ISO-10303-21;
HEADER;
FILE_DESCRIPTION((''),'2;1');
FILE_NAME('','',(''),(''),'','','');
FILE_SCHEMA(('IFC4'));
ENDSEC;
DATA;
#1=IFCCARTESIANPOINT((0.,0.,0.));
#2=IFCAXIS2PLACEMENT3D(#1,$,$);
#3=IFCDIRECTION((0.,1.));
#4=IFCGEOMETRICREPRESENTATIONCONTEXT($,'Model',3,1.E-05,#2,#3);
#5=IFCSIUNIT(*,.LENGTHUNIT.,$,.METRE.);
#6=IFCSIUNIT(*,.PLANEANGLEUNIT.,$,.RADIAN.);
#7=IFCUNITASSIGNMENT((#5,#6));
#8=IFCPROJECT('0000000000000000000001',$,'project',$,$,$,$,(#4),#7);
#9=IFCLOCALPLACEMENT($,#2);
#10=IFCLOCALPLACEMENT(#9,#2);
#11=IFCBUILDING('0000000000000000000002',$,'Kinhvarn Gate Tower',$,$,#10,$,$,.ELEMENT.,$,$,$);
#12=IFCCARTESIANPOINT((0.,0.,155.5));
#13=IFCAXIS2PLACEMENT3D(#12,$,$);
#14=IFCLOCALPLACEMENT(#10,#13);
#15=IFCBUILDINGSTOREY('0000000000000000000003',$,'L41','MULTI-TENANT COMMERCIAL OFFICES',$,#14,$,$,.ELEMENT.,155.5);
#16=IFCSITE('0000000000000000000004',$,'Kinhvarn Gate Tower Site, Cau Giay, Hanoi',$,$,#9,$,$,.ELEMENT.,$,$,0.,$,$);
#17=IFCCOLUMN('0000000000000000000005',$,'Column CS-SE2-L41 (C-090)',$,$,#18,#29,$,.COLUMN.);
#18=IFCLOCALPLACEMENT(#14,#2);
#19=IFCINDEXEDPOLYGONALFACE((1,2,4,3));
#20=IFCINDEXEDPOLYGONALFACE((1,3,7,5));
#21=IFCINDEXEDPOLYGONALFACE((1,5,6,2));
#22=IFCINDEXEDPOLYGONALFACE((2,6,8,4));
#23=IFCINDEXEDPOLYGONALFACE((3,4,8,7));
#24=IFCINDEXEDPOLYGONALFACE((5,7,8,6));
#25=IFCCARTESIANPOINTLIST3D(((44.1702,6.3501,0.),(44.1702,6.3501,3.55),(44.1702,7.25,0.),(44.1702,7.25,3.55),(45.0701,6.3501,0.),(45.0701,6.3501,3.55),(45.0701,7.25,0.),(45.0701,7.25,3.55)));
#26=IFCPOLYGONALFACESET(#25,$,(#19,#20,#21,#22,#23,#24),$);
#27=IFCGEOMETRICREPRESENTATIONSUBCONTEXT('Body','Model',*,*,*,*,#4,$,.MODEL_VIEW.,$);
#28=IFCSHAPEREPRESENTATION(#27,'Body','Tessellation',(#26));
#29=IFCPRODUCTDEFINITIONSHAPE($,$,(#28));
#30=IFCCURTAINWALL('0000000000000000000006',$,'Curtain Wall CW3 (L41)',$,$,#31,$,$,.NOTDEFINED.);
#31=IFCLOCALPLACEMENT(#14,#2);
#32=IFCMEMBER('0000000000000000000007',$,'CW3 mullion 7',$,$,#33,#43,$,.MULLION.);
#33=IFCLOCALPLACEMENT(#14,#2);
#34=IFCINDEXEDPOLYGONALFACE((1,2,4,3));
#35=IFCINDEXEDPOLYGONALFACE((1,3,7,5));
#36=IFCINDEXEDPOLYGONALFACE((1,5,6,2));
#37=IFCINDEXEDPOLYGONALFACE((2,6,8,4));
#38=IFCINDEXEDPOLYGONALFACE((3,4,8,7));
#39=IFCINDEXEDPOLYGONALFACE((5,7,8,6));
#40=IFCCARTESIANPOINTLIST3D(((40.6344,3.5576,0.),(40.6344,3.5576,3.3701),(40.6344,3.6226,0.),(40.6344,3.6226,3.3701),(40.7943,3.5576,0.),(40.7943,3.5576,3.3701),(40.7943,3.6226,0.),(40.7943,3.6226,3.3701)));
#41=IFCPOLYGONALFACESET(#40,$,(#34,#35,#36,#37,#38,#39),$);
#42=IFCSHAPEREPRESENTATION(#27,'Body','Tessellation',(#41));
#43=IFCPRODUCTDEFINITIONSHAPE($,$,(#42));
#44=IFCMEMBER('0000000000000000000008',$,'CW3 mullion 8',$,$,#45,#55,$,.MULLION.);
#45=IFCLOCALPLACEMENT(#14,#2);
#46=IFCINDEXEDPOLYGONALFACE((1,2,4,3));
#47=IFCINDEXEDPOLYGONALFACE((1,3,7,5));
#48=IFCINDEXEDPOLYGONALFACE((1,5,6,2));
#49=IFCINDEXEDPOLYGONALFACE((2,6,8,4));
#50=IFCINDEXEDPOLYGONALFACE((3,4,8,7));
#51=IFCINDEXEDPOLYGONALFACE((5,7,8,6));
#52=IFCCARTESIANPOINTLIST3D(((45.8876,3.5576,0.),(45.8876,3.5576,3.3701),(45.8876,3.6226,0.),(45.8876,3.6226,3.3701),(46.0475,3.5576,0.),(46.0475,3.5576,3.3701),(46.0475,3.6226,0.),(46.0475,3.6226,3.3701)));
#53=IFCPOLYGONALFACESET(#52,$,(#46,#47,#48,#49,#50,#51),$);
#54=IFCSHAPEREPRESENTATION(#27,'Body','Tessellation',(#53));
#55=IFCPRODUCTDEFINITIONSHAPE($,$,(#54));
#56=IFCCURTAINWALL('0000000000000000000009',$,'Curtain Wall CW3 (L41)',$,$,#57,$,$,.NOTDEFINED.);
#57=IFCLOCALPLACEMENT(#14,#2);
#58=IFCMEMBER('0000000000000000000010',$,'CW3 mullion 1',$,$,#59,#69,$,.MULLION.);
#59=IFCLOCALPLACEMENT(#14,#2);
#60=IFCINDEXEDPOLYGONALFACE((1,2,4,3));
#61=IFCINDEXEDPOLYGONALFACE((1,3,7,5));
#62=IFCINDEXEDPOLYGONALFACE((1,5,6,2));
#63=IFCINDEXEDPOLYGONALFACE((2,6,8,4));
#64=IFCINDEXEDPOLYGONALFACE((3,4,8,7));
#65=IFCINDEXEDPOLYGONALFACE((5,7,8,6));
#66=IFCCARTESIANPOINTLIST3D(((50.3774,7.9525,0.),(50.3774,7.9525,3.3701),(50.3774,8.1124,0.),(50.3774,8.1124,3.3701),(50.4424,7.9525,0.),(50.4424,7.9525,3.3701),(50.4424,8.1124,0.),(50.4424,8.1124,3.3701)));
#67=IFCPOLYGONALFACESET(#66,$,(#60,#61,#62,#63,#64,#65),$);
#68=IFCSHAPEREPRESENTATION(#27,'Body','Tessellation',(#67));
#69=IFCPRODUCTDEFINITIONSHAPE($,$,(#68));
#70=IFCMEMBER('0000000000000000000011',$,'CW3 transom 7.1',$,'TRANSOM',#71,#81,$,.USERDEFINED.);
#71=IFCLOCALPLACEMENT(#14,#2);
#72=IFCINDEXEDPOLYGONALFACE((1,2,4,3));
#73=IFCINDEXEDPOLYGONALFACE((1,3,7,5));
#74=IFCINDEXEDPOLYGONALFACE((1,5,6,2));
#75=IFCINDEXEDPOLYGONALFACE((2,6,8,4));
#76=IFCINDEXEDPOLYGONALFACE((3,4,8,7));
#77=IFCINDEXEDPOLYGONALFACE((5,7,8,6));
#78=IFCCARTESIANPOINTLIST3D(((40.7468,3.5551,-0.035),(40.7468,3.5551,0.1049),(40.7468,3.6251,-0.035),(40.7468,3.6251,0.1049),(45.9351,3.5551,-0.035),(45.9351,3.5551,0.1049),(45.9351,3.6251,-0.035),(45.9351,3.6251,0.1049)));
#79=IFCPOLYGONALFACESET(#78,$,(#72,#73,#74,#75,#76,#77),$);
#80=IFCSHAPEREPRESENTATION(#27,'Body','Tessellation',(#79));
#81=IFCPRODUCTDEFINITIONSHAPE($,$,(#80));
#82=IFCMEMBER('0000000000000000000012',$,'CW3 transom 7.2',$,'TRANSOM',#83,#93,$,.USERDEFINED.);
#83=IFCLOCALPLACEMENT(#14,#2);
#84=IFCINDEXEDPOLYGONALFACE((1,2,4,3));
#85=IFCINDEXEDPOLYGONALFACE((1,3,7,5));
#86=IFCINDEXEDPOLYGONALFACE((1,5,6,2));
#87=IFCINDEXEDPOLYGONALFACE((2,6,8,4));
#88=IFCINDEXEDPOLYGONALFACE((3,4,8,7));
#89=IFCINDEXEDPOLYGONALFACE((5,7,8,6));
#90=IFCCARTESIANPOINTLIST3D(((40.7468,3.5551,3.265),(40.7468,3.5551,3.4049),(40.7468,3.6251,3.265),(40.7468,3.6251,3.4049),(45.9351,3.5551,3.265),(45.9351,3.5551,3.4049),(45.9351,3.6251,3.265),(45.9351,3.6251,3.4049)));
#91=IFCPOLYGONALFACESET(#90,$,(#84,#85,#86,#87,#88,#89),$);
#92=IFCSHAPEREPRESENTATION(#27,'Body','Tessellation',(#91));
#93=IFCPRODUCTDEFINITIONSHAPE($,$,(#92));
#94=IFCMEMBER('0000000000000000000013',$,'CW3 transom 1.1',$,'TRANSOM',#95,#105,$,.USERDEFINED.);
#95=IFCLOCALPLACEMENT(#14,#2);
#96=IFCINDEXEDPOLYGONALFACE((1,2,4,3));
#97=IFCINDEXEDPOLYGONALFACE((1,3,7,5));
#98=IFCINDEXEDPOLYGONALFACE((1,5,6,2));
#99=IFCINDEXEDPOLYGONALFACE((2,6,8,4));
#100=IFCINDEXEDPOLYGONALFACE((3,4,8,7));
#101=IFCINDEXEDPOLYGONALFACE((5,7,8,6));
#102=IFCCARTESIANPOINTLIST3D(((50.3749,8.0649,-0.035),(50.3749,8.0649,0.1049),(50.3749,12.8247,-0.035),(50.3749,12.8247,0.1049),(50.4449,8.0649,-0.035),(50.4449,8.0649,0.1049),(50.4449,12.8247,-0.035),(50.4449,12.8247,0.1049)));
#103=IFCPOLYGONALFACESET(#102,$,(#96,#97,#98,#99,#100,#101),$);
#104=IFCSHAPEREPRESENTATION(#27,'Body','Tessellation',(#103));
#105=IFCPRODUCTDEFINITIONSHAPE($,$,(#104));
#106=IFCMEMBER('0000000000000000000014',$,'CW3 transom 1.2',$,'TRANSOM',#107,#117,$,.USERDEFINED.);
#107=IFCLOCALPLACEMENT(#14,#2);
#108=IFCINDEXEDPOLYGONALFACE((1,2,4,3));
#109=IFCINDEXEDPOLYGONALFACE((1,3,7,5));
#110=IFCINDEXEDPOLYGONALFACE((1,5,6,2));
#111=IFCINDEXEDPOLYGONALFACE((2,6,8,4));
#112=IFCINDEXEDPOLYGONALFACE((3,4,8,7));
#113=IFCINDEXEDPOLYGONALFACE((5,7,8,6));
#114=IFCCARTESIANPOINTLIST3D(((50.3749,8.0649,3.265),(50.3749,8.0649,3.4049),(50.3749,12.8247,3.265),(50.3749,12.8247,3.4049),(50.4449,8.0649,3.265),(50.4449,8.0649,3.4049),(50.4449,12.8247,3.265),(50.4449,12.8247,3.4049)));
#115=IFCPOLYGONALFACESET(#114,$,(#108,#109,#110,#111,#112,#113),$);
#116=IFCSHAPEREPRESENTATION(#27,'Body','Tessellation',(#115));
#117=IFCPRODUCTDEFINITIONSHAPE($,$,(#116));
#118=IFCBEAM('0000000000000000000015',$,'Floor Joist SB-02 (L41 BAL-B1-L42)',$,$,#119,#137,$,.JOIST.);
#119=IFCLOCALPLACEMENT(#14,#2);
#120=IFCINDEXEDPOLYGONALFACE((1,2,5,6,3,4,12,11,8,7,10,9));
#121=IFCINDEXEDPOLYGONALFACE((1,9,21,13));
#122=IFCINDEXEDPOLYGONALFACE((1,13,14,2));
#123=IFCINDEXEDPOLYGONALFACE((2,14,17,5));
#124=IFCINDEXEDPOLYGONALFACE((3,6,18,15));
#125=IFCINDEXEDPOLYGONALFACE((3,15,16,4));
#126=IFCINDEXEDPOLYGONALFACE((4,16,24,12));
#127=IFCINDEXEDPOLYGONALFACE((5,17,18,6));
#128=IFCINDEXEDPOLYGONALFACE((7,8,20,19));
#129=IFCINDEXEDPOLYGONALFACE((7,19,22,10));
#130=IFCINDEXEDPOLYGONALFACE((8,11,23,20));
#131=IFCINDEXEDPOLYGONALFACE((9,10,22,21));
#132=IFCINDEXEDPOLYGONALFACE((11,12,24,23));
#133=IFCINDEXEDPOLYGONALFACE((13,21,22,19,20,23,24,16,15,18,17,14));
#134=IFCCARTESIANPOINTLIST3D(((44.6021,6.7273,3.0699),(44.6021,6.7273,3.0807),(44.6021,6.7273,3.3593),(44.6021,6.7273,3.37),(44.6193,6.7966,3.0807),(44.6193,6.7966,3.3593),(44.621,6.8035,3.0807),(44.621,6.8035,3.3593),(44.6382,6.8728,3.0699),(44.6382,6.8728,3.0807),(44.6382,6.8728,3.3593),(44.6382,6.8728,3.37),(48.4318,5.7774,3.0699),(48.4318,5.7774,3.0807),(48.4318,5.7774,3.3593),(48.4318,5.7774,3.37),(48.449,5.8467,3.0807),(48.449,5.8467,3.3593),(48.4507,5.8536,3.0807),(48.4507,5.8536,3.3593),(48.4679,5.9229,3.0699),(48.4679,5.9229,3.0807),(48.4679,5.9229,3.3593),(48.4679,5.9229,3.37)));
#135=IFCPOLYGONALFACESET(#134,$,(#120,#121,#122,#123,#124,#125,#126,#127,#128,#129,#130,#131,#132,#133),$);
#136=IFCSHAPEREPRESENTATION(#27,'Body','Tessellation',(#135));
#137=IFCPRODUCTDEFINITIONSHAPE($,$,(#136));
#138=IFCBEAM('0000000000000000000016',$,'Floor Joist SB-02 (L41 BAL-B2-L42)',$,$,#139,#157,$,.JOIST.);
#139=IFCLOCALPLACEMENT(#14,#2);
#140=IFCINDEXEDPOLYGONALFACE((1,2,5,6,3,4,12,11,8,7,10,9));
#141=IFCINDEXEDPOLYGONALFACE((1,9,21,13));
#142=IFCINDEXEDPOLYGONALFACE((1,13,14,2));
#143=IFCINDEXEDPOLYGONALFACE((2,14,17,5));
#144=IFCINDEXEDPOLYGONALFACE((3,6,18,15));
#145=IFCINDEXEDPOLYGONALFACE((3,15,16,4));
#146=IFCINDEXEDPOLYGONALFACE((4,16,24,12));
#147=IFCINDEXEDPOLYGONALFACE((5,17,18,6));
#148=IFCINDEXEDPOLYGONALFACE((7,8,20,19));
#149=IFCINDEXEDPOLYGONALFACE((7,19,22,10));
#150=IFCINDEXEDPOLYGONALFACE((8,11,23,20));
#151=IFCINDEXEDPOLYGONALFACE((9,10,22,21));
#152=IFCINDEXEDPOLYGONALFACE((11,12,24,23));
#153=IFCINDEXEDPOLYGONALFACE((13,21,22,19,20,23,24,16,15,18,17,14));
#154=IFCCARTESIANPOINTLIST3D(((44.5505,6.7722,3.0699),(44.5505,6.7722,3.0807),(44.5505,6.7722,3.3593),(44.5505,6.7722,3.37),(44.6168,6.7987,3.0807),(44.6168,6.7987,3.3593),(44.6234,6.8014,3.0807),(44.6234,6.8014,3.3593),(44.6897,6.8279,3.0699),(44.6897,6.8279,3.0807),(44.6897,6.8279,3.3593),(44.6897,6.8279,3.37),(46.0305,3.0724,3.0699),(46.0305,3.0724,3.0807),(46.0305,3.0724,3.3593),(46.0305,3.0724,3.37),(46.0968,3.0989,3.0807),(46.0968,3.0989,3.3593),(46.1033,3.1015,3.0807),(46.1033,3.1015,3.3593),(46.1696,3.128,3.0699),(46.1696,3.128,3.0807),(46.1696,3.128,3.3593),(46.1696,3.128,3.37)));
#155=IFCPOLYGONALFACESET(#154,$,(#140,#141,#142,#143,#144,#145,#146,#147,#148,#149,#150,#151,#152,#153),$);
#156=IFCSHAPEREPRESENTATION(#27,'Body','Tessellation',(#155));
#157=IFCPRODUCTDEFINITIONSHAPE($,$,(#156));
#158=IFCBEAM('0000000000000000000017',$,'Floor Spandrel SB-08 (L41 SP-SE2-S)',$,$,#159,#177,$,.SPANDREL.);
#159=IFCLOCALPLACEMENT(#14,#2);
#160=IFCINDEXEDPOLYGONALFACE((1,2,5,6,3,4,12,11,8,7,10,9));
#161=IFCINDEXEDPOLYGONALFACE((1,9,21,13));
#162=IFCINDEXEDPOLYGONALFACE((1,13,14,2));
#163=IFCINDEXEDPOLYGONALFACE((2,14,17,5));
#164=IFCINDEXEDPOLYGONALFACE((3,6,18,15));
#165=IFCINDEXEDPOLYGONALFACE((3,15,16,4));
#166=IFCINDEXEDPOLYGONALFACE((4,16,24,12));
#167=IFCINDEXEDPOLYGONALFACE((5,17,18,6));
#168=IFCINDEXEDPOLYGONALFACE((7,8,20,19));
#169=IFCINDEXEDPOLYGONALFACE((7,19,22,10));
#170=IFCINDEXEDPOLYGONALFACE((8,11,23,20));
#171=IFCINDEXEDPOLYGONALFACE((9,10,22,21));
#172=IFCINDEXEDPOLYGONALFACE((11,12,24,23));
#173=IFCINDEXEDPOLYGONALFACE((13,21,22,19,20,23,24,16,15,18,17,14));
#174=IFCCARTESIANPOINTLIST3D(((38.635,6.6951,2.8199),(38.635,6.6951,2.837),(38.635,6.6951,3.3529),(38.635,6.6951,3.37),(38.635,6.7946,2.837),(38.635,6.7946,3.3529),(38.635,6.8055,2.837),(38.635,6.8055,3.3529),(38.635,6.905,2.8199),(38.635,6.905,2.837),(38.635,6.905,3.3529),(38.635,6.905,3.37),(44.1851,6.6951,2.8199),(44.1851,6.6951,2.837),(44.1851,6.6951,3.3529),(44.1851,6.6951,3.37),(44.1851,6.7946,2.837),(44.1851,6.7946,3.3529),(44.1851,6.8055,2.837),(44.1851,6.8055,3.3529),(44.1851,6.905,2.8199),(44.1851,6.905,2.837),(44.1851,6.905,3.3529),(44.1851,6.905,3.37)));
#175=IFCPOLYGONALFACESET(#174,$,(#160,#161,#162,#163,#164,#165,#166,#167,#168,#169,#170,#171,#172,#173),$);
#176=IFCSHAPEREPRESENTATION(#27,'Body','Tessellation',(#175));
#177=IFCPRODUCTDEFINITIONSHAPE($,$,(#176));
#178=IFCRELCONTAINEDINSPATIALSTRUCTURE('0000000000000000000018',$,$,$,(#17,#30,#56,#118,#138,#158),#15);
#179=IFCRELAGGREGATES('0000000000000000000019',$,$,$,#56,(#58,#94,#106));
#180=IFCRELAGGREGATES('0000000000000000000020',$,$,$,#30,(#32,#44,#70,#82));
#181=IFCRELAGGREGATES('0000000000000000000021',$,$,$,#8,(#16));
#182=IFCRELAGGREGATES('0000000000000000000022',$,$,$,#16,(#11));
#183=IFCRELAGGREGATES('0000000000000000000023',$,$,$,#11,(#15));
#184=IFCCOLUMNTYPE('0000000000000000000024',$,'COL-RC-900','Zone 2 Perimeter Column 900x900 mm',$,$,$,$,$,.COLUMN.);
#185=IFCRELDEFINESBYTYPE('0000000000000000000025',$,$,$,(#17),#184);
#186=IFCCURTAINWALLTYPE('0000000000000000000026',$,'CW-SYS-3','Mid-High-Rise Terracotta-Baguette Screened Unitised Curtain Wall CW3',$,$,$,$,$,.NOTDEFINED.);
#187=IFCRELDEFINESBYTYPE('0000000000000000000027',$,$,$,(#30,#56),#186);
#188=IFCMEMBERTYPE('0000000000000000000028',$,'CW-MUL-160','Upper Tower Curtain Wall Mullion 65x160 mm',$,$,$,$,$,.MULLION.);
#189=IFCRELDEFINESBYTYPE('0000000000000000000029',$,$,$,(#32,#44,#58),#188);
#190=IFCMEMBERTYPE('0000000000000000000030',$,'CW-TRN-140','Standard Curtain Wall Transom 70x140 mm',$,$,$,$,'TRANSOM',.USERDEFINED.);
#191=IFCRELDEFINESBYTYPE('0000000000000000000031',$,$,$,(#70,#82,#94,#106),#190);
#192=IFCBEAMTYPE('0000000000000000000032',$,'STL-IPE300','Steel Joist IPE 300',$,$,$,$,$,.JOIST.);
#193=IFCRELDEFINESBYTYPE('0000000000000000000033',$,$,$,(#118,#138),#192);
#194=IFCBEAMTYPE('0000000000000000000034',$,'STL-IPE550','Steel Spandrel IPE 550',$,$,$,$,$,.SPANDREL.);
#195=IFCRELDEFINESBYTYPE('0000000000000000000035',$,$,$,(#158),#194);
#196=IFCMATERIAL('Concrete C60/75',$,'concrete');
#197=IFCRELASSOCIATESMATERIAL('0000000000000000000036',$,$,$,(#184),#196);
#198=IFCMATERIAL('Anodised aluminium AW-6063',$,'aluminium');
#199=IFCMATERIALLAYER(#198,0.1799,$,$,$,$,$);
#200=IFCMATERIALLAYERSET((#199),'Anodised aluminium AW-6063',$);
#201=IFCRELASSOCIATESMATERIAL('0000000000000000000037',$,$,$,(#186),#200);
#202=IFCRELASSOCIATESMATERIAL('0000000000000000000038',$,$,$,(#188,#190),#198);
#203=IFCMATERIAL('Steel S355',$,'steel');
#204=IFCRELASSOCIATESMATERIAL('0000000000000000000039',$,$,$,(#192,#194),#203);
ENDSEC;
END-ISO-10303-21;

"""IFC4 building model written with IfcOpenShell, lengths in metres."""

from ifc_helpers import new_model, si_unit, direction, frame, origin, origin_2d, place, context, subcontext, project, spatial, rectangle, i_section, extrude, material, layer, layer_set, material_profile, profile_set, type_object, element, aggregate, save


model = new_model("IFC4")

# Units and contexts
model_context = context("Model", 3, precision=1e-05, world=origin(), true_north=direction((0.0, 1.0)))
body_context = subcontext(model_context, "Body", "Model", "MODEL_VIEW")
ifc_project = project(units=[si_unit("LENGTHUNIT", "METRE"), si_unit("PLANEANGLEUNIT", "RADIAN")], contexts=[model_context])

# Site, building, storey
site_placement = place(None, origin())
site = spatial("IfcSite", under=ifc_project, at=site_placement, Name="Kinhvarn Gate Tower Site, Cau Giay, Hanoi", CompositionType="ELEMENT", RefElevation=0.0)
building_placement = place(site_placement, origin())
building = spatial("IfcBuilding", under=site, at=building_placement, Name="Kinhvarn Gate Tower", CompositionType="ELEMENT")
storey_placement = place(building_placement, frame((0.0, 0.0, 155.5)))
storey = spatial("IfcBuildingStorey", under=building, at=storey_placement, Name="L41", Description="MULTI-TENANT COMMERCIAL OFFICES", CompositionType="ELEMENT", Elevation=155.5)

# Column
ifc_material_1 = material(Name="Concrete C60/75", Category="concrete")
ifc_material_profile_1 = material_profile(ifc_material_1, rectangle(XDim=0.8999, YDim=0.8999, at=origin_2d()), Name="RC 900x900")
ifc_profile_set_1 = profile_set([ifc_material_profile_1], Name="Concrete C60/75")
column_type = type_object("IfcColumnType", Name="COL-RC-900", Description="Zone 2 Perimeter Column 900x900 mm", PredefinedType="COLUMN", material=ifc_profile_set_1)
column_placement = place(storey_placement, frame((44.6201, 6.8, 0.0), z_axis=(0.0, 0.0, 1.0), x_axis=(1.0, 0.0, 0.0)))
element("IfcColumn", 1, at=column_placement, inside=storey, type_object=column_type, Name="Column CS-SE2-L41 (C-090)", PredefinedType="COLUMN", context=body_context, shape_type="SweptSolid", body=[
    extrude(rectangle(XDim=0.8999, YDim=0.8999, at=origin_2d()), origin(), (0.0, 0.0, 1.0), 3.55),
])

# Curtain wall, members
ifc_material_2 = material(Name="Anodised aluminium AW-6063", Category="aluminium")
ifc_layer_1 = layer(ifc_material_2, 0.1799)
ifc_layer_set_1 = layer_set([ifc_layer_1], Name="Anodised aluminium AW-6063")
curtain_wall_type = type_object("IfcCurtainWallType", Name="CW-SYS-3", Description="Mid-High-Rise Terracotta-Baguette Screened Unitised Curtain Wall CW3", PredefinedType="NOTDEFINED", material=ifc_layer_set_1)
curtain_wall_1_placement = place(storey_placement, origin())
curtain_wall_1 = element("IfcCurtainWall", 2, at=curtain_wall_1_placement, inside=storey, type_object=curtain_wall_type, Name="Curtain Wall CW3 (L41)", PredefinedType="NOTDEFINED")
ifc_material_profile_2 = material_profile(ifc_material_2, rectangle(XDim=0.0649, YDim=0.1599, at=origin_2d()), Name="ALU 65x160")
ifc_profile_set_2 = profile_set([ifc_material_profile_2], Name="Anodised aluminium AW-6063")
member_type_1 = type_object("IfcMemberType", Name="CW-MUL-160", Description="Upper Tower Curtain Wall Mullion 65x160 mm", PredefinedType="MULLION", material=ifc_profile_set_2)
member_1_placement = place(storey_placement, frame((40.7144, 3.5901, 0.0), z_axis=(0.0, 0.0, 1.0), x_axis=(0.0, 1.0, 0.0)))
member_1 = element("IfcMember", 3, at=member_1_placement, type_object=member_type_1, Name="CW3 mullion 7", PredefinedType="MULLION", context=body_context, shape_type="SweptSolid", body=[
    extrude(rectangle(XDim=0.0649, YDim=0.1599, at=origin_2d()), origin(), (0.0, 0.0, 1.0), 3.3701),
])
member_2_placement = place(storey_placement, frame((45.9675, 3.5901, 0.0), z_axis=(0.0, 0.0, 1.0), x_axis=(0.0, 1.0, 0.0)))
member_2 = element("IfcMember", 4, at=member_2_placement, type_object=member_type_1, Name="CW3 mullion 8", PredefinedType="MULLION", context=body_context, shape_type="SweptSolid", body=[
    extrude(rectangle(XDim=0.0649, YDim=0.1599, at=origin_2d()), origin(), (0.0, 0.0, 1.0), 3.3701),
])

# Curtain wall, member
curtain_wall_2_placement = place(storey_placement, origin())
curtain_wall_2 = element("IfcCurtainWall", 5, at=curtain_wall_2_placement, inside=storey, type_object=curtain_wall_type, Name="Curtain Wall CW3 (L41)", PredefinedType="NOTDEFINED")
member_3_placement = place(storey_placement, frame((50.4099, 8.0325, 0.0), z_axis=(0.0, 0.0, 1.0), x_axis=(-1.0, 0.0, 0.0)))
member_3 = element("IfcMember", 6, at=member_3_placement, type_object=member_type_1, Name="CW3 mullion 1", PredefinedType="MULLION", context=body_context, shape_type="SweptSolid", body=[
    extrude(rectangle(XDim=0.0649, YDim=0.1599, at=origin_2d()), origin(), (0.0, 0.0, 1.0), 3.3701),
])

# Members
ifc_material_profile_3 = material_profile(ifc_material_2, rectangle(XDim=0.0701, YDim=0.1399, at=origin_2d()), Name="ALU 70x140")
ifc_profile_set_3 = profile_set([ifc_material_profile_3], Name="Anodised aluminium AW-6063")
member_type_2 = type_object("IfcMemberType", Name="CW-TRN-140", Description="Standard Curtain Wall Transom 70x140 mm", ElementType="TRANSOM", PredefinedType="USERDEFINED", material=ifc_profile_set_3)
member_4_placement = place(storey_placement, frame((40.7468, 3.5901, 0.0349), z_axis=(1.0, 0.0, 0.0), x_axis=(0.0, 1.0, 0.0)))
member_4 = element("IfcMember", 7, at=member_4_placement, type_object=member_type_2, Name="CW3 transom 7.1", ObjectType="TRANSOM", PredefinedType="USERDEFINED", context=body_context, shape_type="SweptSolid", body=[
    extrude(rectangle(XDim=0.0701, YDim=0.1399, at=origin_2d()), origin(), (0.0, 0.0, 1.0), 5.1882),
])
member_5_placement = place(storey_placement, frame((40.7468, 3.5901, 3.335), z_axis=(1.0, 0.0, 0.0), x_axis=(0.0, 1.0, 0.0)))
member_5 = element("IfcMember", 8, at=member_5_placement, type_object=member_type_2, Name="CW3 transom 7.2", ObjectType="TRANSOM", PredefinedType="USERDEFINED", context=body_context, shape_type="SweptSolid", body=[
    extrude(rectangle(XDim=0.0701, YDim=0.1399, at=origin_2d()), origin(), (0.0, 0.0, 1.0), 5.1882),
])
member_6_placement = place(storey_placement, frame((50.4099, 8.0649, 0.0349), z_axis=(0.0, 1.0, 0.0), x_axis=(-1.0, 0.0, 0.0)))
member_6 = element("IfcMember", 9, at=member_6_placement, type_object=member_type_2, Name="CW3 transom 1.1", ObjectType="TRANSOM", PredefinedType="USERDEFINED", context=body_context, shape_type="SweptSolid", body=[
    extrude(rectangle(XDim=0.0701, YDim=0.1399, at=origin_2d()), origin(), (0.0, 0.0, 1.0), 4.7598),
])
member_7_placement = place(storey_placement, frame((50.4099, 8.0649, 3.335), z_axis=(0.0, 1.0, 0.0), x_axis=(-1.0, 0.0, 0.0)))
member_7 = element("IfcMember", 10, at=member_7_placement, type_object=member_type_2, Name="CW3 transom 1.2", ObjectType="TRANSOM", PredefinedType="USERDEFINED", context=body_context, shape_type="SweptSolid", body=[
    extrude(rectangle(XDim=0.0701, YDim=0.1399, at=origin_2d()), origin(), (0.0, 0.0, 1.0), 4.7598),
])
aggregate(curtain_wall_2, [member_3, member_6, member_7])

# Beams
ifc_material_3 = material(Name="Steel S355", Category="steel")
ifc_material_profile_4 = material_profile(ifc_material_3, i_section(OverallWidth=0.1499, OverallDepth=0.3, WebThickness=0.0071, FlangeThickness=0.0107, at=origin_2d()), Name="IPE 300")
ifc_profile_set_4 = profile_set([ifc_material_profile_4], Name="Steel S355")
beam_type_1 = type_object("IfcBeamType", Name="STL-IPE300", Description="Steel Joist IPE 300", PredefinedType="JOIST", material=ifc_profile_set_4)
beam_1_placement = place(storey_placement, frame((44.6201, 6.8, 3.22), z_axis=(0.970589, -0.240745, 0.0), x_axis=(0.240745, 0.970589, 0.0)))
element("IfcBeam", 11, at=beam_1_placement, inside=storey, type_object=beam_type_1, Name="Floor Joist SB-02 (L41 BAL-B1-L42)", PredefinedType="JOIST", context=body_context, shape_type="SweptSolid", body=[
    extrude(i_section(OverallWidth=0.1499, OverallDepth=0.3, WebThickness=0.0071, FlangeThickness=0.0107, at=origin_2d()), origin(), (0.0, 0.0, 1.0), 3.9458),
])
beam_2_placement = place(storey_placement, frame((44.6201, 6.8, 3.22), z_axis=(0.371391, -0.928477, 0.0), x_axis=(0.928477, 0.371391, 0.0)))
element("IfcBeam", 12, at=beam_2_placement, inside=storey, type_object=beam_type_1, Name="Floor Joist SB-02 (L41 BAL-B2-L42)", PredefinedType="JOIST", context=body_context, shape_type="SweptSolid", body=[
    extrude(i_section(OverallWidth=0.1499, OverallDepth=0.3, WebThickness=0.0071, FlangeThickness=0.0107, at=origin_2d()), origin(), (0.0, 0.0, 1.0), 3.9849),
])
ifc_material_profile_5 = material_profile(ifc_material_3, i_section(OverallWidth=0.21, OverallDepth=0.55, WebThickness=0.011, FlangeThickness=0.0171, at=origin_2d()), Name="IPE 550")
ifc_profile_set_5 = profile_set([ifc_material_profile_5], Name="Steel S355")
beam_type_2 = type_object("IfcBeamType", Name="STL-IPE550", Description="Steel Spandrel IPE 550", PredefinedType="SPANDREL", material=ifc_profile_set_5)
beam_3_placement = place(storey_placement, frame((38.635, 6.8, 3.095), z_axis=(1.0, 0.0, 0.0), x_axis=(0.0, 1.0, 0.0)))
element("IfcBeam", 13, at=beam_3_placement, inside=storey, type_object=beam_type_2, Name="Floor Spandrel SB-08 (L41 SP-SE2-S)", PredefinedType="SPANDREL", context=body_context, shape_type="SweptSolid", body=[
    extrude(i_section(OverallWidth=0.21, OverallDepth=0.55, WebThickness=0.011, FlangeThickness=0.0171, at=origin_2d()), origin(), (0.0, 0.0, 1.0), 5.55),
])

aggregate(curtain_wall_1, [member_1, member_2, member_4, member_5])

save(model, "model.ifc")
